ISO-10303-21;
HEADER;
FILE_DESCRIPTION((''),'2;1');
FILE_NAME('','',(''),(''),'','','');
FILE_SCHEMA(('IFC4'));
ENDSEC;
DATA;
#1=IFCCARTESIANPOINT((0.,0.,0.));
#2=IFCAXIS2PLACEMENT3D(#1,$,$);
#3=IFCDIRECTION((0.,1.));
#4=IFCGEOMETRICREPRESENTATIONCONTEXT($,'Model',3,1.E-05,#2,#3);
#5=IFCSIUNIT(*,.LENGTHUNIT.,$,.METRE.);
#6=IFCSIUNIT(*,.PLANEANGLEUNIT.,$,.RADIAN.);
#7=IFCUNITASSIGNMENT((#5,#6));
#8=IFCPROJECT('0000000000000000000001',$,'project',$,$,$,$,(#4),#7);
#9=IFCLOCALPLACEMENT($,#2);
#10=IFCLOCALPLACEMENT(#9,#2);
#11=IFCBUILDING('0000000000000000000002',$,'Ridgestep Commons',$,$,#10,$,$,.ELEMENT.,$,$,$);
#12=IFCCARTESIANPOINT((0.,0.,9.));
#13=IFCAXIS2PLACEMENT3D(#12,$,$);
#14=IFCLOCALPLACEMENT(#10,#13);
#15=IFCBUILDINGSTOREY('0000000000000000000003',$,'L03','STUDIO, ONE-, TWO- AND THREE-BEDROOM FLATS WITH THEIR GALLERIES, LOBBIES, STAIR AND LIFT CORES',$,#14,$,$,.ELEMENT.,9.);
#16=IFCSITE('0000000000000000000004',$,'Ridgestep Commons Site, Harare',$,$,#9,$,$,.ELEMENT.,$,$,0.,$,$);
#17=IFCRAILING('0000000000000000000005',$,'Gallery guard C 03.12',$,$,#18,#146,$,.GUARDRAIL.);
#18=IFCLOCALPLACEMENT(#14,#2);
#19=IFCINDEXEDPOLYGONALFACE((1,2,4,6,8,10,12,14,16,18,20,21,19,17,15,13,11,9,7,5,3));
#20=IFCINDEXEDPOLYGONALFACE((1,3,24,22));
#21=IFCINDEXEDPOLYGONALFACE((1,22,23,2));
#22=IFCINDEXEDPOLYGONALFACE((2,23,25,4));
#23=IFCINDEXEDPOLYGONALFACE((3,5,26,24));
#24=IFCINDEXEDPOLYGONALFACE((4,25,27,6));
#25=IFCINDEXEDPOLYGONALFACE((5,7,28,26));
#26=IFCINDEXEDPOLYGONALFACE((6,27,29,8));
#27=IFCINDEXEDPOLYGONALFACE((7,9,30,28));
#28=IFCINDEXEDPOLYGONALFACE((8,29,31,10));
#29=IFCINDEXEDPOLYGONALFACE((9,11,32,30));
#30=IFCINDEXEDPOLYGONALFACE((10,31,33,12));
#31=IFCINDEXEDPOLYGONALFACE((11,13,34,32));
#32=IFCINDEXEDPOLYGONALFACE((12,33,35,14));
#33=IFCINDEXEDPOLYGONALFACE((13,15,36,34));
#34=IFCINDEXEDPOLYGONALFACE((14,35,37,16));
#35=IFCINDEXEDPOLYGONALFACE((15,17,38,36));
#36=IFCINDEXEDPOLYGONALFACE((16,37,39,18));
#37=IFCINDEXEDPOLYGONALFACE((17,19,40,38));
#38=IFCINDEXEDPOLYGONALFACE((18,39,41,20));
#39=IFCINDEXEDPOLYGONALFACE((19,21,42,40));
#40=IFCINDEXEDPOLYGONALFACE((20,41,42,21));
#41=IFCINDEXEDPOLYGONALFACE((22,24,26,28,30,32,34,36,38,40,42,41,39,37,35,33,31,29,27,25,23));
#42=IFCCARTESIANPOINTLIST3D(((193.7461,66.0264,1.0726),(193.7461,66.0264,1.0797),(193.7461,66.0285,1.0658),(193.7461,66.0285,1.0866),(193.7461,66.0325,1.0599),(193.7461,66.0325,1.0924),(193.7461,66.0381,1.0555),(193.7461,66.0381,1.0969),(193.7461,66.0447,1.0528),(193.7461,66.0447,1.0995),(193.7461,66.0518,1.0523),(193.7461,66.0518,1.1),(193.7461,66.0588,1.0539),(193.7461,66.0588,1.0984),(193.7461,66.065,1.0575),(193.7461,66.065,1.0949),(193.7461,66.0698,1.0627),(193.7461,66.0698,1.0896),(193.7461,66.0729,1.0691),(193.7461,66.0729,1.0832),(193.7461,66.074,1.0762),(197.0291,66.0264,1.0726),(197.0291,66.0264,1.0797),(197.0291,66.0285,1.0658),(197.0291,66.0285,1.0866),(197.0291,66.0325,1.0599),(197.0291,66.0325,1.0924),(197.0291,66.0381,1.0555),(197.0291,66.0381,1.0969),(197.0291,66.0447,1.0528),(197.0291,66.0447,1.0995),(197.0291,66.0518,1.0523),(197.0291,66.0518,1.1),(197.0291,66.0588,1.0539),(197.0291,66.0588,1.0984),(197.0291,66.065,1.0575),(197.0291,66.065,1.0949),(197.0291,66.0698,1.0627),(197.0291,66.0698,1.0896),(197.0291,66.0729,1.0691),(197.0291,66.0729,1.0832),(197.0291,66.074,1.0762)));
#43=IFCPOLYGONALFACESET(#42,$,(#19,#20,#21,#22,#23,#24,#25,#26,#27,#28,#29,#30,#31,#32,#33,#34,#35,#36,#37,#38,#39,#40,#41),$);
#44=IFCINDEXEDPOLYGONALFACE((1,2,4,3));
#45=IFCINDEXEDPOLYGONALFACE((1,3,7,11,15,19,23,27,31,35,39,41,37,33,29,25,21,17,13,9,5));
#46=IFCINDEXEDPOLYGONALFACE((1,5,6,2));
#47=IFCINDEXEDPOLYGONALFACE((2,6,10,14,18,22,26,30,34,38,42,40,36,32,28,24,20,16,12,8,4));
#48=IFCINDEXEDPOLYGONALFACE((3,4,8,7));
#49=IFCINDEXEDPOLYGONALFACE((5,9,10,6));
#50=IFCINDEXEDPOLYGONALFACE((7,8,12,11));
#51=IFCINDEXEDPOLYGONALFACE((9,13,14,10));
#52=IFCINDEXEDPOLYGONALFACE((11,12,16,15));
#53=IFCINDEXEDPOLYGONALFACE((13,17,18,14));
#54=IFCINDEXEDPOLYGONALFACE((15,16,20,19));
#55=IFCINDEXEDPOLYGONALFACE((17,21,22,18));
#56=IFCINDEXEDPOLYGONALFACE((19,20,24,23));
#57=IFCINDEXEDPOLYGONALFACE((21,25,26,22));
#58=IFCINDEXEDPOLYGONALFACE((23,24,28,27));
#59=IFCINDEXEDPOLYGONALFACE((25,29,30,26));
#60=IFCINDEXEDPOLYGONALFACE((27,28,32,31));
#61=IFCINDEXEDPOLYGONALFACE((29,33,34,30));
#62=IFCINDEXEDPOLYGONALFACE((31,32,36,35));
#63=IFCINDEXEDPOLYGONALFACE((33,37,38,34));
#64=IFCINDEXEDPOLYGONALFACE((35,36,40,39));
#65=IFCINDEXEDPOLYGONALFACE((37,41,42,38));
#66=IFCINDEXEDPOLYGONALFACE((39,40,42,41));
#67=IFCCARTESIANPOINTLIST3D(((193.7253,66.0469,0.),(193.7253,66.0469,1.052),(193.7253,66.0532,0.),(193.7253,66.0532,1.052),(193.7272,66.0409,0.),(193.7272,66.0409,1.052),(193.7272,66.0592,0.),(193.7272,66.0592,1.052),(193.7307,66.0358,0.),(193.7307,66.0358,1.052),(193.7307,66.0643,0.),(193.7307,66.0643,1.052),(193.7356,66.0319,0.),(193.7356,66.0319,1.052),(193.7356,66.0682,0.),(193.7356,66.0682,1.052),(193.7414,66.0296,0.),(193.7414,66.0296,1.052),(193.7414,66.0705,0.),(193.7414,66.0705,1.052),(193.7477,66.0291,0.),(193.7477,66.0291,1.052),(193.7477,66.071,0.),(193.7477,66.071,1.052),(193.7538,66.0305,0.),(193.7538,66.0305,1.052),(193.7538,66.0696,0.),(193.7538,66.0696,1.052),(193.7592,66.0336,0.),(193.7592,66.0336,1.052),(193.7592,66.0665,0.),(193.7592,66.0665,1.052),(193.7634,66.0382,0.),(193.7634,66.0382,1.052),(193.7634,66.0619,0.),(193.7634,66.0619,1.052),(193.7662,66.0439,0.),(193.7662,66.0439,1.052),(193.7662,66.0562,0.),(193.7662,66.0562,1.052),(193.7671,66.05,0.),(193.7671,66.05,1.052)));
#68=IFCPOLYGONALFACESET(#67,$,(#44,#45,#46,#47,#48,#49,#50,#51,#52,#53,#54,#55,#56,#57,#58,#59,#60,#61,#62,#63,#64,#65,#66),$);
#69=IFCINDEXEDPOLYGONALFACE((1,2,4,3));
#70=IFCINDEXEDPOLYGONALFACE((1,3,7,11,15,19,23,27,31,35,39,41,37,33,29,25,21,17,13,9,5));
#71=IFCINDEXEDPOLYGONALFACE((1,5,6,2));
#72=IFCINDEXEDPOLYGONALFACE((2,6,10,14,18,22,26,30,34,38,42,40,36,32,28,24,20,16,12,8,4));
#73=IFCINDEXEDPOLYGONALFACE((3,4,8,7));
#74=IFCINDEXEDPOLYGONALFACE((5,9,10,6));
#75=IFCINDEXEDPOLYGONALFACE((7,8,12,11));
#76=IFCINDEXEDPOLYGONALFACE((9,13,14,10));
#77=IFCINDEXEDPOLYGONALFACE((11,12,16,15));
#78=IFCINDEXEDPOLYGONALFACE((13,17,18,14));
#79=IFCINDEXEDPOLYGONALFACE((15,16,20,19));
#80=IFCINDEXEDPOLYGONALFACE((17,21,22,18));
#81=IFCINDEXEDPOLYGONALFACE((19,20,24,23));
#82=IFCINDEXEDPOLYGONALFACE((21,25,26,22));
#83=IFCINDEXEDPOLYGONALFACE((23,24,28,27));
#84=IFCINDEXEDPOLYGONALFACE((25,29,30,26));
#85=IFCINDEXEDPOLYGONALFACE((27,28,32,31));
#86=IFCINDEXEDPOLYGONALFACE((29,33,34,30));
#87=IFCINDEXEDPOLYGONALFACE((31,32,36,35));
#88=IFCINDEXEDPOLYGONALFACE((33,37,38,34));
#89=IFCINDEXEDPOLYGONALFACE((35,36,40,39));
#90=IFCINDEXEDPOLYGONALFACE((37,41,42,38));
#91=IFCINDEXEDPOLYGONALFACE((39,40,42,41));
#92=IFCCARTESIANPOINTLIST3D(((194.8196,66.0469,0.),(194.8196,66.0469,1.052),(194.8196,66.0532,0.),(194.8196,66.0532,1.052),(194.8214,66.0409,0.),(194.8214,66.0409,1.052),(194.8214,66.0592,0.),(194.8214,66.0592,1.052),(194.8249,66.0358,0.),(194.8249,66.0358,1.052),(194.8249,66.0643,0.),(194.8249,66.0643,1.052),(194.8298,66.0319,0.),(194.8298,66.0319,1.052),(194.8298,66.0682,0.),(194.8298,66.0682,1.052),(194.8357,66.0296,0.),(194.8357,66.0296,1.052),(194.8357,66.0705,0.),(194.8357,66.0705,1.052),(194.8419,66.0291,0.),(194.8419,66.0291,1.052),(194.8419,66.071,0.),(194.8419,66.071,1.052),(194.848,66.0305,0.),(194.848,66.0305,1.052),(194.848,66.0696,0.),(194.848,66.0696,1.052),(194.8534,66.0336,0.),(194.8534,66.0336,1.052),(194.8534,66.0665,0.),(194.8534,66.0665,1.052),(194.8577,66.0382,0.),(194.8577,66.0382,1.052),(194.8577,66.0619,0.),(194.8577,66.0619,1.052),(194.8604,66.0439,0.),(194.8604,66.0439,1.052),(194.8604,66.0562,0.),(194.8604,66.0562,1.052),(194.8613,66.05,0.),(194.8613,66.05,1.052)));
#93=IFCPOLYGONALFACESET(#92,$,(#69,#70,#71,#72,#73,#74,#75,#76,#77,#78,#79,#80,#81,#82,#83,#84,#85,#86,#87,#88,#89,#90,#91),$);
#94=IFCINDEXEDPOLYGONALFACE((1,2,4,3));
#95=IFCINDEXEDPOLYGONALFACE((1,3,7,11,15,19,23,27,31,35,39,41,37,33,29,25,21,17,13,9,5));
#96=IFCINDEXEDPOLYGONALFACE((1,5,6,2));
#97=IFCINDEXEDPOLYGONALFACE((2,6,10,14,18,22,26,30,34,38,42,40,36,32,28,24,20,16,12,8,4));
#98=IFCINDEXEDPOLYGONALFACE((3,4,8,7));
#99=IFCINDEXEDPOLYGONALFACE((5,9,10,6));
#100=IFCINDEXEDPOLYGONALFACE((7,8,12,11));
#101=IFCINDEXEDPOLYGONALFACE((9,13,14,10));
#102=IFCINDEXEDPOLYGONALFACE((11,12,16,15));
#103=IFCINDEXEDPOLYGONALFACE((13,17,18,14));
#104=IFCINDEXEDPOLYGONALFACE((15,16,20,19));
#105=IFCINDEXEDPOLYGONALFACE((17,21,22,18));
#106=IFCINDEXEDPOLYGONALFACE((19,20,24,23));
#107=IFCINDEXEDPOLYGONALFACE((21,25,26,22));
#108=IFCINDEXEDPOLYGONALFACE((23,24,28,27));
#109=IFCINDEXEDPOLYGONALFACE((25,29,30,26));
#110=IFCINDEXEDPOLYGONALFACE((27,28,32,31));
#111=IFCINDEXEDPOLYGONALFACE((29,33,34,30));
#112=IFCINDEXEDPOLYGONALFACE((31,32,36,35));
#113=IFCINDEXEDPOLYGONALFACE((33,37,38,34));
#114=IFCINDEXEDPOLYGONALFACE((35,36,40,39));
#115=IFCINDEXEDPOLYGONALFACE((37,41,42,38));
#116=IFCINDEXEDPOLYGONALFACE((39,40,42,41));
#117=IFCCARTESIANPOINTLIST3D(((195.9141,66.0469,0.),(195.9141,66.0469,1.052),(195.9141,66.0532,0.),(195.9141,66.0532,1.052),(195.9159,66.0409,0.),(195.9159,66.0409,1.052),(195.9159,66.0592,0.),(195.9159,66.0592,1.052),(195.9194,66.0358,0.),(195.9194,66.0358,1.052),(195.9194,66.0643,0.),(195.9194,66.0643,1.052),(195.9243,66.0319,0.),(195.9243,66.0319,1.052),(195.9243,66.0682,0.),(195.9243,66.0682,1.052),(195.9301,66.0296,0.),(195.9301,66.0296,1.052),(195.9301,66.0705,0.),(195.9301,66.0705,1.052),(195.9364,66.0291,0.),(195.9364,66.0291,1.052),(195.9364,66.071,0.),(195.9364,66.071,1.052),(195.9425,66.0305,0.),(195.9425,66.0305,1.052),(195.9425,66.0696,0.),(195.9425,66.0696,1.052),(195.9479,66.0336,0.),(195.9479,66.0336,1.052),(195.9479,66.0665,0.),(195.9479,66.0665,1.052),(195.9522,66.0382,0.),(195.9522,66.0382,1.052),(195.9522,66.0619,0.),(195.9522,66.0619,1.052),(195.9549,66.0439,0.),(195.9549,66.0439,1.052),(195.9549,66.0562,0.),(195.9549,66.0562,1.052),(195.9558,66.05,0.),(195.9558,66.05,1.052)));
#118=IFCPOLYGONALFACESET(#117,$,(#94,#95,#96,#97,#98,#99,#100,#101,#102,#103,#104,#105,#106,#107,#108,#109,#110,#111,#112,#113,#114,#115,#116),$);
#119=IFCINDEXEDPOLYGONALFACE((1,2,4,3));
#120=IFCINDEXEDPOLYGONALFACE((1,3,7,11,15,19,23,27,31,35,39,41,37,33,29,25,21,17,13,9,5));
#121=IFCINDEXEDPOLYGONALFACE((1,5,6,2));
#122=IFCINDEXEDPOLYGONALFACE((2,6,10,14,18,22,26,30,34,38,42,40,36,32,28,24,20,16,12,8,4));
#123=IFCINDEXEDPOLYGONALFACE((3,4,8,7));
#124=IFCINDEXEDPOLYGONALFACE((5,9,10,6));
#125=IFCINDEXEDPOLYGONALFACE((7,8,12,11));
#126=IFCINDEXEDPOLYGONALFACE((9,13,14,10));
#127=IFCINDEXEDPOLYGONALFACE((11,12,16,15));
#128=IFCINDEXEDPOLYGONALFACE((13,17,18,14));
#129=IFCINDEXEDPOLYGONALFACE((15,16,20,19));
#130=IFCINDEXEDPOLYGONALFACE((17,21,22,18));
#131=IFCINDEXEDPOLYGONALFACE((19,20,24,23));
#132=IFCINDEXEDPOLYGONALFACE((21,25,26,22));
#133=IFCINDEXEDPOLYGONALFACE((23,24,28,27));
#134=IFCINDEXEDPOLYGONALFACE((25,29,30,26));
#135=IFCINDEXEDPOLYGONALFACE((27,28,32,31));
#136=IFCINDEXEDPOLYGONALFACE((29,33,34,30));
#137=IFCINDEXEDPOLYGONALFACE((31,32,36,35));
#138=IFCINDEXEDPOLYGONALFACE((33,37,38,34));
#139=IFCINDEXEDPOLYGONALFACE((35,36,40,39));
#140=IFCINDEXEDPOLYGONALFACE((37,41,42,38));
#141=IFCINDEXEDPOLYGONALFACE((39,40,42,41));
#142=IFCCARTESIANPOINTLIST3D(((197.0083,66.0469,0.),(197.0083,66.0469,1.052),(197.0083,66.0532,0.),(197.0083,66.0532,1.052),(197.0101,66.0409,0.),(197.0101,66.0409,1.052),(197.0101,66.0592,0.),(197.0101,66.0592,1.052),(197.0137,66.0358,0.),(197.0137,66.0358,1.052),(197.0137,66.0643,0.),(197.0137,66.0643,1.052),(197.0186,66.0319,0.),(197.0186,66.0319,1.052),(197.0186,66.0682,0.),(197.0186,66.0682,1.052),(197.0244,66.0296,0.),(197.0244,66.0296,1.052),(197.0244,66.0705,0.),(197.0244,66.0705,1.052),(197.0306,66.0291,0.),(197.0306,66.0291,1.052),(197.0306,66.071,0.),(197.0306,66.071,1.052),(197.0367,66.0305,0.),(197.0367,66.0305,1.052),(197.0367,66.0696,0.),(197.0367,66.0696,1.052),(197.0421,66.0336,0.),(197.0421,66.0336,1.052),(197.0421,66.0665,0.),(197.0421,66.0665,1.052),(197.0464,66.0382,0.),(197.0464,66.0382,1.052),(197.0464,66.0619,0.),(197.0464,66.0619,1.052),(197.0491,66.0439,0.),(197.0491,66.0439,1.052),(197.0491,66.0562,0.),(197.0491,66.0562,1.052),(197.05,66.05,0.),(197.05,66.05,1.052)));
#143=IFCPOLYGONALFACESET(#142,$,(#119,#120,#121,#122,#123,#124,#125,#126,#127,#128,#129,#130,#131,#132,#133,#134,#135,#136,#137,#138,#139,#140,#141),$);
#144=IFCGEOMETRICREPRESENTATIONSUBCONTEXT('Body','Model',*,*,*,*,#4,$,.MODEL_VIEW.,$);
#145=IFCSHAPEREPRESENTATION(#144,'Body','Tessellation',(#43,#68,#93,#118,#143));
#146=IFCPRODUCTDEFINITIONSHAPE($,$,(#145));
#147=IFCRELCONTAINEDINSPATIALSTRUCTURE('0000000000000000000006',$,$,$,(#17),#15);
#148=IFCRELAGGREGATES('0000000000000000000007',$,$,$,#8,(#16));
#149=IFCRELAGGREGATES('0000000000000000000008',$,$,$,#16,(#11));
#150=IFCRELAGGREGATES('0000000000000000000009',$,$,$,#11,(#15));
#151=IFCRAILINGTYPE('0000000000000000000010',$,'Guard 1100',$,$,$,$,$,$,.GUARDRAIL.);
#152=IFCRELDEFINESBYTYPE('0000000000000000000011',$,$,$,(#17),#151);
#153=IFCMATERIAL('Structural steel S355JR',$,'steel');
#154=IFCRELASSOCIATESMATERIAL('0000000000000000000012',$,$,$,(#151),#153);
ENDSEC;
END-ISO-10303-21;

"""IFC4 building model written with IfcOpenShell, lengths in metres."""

from ifc_helpers import new_model, si_unit, direction, frame, origin, origin_2d, place, context, subcontext, project, spatial, circle, extrude, material, type_object, element, save


model = new_model("IFC4")

# Units and contexts
model_context = context("Model", 3, precision=1e-05, world=origin(), true_north=direction((0.0, 1.0)))
body_context = subcontext(model_context, "Body", "Model", "MODEL_VIEW")
ifc_project = project(units=[si_unit("LENGTHUNIT", "METRE"), si_unit("PLANEANGLEUNIT", "RADIAN")], contexts=[model_context])

# Site, building, storey
site_placement = place(None, origin())
site = spatial("IfcSite", under=ifc_project, at=site_placement, Name="Ridgestep Commons Site, Harare", CompositionType="ELEMENT", RefElevation=0.0)
building_placement = place(site_placement, origin())
building = spatial("IfcBuilding", under=site, at=building_placement, Name="Ridgestep Commons", CompositionType="ELEMENT")
storey_placement = place(building_placement, frame((0.0, 0.0, 9.0)))
storey = spatial("IfcBuildingStorey", under=building, at=storey_placement, Name="L03", Description="STUDIO, ONE-, TWO- AND THREE-BEDROOM FLATS WITH THEIR GALLERIES, LOBBIES, STAIR AND LIFT CORES", CompositionType="ELEMENT", Elevation=9.0)

# Railing
ifc_material_1 = material(Name="Structural steel S355JR", Category="steel")
railing_type = type_object("IfcRailingType", Name="Guard 1100", PredefinedType="GUARDRAIL", material=ifc_material_1)
railing_1_placement = place(storey_placement, frame((193.7461, 66.05, 0.0)))
element("IfcRailing", 1, at=railing_1_placement, inside=storey, type_object=railing_type, Name="Gallery guard C 03.12", PredefinedType="GUARDRAIL", context=body_context, shape_type="SweptSolid", body=[
    extrude(circle(Radius=0.0239, at=origin_2d()), frame((0.0, 0.0, 1.0762), z_axis=(1.0, 0.0, 0.0), x_axis=(0.0, 1.0, 0.0)), (0.0, 0.0, 1.0), 3.283),
    extrude(circle(Radius=0.021, at=origin_2d()), origin(), (0.0, 0.0, 1.0), 1.052),
    extrude(circle(Radius=0.021, at=origin_2d()), frame((1.0942, 0.0, 0.0)), (0.0, 0.0, 1.0), 1.052),
    extrude(circle(Radius=0.021, at=origin_2d()), frame((2.1887, 0.0, 0.0)), (0.0, 0.0, 1.0), 1.052),
    extrude(circle(Radius=0.021, at=origin_2d()), frame((3.283, 0.0, 0.0)), (0.0, 0.0, 1.0), 1.052),
])

save(model, "model.ifc")
